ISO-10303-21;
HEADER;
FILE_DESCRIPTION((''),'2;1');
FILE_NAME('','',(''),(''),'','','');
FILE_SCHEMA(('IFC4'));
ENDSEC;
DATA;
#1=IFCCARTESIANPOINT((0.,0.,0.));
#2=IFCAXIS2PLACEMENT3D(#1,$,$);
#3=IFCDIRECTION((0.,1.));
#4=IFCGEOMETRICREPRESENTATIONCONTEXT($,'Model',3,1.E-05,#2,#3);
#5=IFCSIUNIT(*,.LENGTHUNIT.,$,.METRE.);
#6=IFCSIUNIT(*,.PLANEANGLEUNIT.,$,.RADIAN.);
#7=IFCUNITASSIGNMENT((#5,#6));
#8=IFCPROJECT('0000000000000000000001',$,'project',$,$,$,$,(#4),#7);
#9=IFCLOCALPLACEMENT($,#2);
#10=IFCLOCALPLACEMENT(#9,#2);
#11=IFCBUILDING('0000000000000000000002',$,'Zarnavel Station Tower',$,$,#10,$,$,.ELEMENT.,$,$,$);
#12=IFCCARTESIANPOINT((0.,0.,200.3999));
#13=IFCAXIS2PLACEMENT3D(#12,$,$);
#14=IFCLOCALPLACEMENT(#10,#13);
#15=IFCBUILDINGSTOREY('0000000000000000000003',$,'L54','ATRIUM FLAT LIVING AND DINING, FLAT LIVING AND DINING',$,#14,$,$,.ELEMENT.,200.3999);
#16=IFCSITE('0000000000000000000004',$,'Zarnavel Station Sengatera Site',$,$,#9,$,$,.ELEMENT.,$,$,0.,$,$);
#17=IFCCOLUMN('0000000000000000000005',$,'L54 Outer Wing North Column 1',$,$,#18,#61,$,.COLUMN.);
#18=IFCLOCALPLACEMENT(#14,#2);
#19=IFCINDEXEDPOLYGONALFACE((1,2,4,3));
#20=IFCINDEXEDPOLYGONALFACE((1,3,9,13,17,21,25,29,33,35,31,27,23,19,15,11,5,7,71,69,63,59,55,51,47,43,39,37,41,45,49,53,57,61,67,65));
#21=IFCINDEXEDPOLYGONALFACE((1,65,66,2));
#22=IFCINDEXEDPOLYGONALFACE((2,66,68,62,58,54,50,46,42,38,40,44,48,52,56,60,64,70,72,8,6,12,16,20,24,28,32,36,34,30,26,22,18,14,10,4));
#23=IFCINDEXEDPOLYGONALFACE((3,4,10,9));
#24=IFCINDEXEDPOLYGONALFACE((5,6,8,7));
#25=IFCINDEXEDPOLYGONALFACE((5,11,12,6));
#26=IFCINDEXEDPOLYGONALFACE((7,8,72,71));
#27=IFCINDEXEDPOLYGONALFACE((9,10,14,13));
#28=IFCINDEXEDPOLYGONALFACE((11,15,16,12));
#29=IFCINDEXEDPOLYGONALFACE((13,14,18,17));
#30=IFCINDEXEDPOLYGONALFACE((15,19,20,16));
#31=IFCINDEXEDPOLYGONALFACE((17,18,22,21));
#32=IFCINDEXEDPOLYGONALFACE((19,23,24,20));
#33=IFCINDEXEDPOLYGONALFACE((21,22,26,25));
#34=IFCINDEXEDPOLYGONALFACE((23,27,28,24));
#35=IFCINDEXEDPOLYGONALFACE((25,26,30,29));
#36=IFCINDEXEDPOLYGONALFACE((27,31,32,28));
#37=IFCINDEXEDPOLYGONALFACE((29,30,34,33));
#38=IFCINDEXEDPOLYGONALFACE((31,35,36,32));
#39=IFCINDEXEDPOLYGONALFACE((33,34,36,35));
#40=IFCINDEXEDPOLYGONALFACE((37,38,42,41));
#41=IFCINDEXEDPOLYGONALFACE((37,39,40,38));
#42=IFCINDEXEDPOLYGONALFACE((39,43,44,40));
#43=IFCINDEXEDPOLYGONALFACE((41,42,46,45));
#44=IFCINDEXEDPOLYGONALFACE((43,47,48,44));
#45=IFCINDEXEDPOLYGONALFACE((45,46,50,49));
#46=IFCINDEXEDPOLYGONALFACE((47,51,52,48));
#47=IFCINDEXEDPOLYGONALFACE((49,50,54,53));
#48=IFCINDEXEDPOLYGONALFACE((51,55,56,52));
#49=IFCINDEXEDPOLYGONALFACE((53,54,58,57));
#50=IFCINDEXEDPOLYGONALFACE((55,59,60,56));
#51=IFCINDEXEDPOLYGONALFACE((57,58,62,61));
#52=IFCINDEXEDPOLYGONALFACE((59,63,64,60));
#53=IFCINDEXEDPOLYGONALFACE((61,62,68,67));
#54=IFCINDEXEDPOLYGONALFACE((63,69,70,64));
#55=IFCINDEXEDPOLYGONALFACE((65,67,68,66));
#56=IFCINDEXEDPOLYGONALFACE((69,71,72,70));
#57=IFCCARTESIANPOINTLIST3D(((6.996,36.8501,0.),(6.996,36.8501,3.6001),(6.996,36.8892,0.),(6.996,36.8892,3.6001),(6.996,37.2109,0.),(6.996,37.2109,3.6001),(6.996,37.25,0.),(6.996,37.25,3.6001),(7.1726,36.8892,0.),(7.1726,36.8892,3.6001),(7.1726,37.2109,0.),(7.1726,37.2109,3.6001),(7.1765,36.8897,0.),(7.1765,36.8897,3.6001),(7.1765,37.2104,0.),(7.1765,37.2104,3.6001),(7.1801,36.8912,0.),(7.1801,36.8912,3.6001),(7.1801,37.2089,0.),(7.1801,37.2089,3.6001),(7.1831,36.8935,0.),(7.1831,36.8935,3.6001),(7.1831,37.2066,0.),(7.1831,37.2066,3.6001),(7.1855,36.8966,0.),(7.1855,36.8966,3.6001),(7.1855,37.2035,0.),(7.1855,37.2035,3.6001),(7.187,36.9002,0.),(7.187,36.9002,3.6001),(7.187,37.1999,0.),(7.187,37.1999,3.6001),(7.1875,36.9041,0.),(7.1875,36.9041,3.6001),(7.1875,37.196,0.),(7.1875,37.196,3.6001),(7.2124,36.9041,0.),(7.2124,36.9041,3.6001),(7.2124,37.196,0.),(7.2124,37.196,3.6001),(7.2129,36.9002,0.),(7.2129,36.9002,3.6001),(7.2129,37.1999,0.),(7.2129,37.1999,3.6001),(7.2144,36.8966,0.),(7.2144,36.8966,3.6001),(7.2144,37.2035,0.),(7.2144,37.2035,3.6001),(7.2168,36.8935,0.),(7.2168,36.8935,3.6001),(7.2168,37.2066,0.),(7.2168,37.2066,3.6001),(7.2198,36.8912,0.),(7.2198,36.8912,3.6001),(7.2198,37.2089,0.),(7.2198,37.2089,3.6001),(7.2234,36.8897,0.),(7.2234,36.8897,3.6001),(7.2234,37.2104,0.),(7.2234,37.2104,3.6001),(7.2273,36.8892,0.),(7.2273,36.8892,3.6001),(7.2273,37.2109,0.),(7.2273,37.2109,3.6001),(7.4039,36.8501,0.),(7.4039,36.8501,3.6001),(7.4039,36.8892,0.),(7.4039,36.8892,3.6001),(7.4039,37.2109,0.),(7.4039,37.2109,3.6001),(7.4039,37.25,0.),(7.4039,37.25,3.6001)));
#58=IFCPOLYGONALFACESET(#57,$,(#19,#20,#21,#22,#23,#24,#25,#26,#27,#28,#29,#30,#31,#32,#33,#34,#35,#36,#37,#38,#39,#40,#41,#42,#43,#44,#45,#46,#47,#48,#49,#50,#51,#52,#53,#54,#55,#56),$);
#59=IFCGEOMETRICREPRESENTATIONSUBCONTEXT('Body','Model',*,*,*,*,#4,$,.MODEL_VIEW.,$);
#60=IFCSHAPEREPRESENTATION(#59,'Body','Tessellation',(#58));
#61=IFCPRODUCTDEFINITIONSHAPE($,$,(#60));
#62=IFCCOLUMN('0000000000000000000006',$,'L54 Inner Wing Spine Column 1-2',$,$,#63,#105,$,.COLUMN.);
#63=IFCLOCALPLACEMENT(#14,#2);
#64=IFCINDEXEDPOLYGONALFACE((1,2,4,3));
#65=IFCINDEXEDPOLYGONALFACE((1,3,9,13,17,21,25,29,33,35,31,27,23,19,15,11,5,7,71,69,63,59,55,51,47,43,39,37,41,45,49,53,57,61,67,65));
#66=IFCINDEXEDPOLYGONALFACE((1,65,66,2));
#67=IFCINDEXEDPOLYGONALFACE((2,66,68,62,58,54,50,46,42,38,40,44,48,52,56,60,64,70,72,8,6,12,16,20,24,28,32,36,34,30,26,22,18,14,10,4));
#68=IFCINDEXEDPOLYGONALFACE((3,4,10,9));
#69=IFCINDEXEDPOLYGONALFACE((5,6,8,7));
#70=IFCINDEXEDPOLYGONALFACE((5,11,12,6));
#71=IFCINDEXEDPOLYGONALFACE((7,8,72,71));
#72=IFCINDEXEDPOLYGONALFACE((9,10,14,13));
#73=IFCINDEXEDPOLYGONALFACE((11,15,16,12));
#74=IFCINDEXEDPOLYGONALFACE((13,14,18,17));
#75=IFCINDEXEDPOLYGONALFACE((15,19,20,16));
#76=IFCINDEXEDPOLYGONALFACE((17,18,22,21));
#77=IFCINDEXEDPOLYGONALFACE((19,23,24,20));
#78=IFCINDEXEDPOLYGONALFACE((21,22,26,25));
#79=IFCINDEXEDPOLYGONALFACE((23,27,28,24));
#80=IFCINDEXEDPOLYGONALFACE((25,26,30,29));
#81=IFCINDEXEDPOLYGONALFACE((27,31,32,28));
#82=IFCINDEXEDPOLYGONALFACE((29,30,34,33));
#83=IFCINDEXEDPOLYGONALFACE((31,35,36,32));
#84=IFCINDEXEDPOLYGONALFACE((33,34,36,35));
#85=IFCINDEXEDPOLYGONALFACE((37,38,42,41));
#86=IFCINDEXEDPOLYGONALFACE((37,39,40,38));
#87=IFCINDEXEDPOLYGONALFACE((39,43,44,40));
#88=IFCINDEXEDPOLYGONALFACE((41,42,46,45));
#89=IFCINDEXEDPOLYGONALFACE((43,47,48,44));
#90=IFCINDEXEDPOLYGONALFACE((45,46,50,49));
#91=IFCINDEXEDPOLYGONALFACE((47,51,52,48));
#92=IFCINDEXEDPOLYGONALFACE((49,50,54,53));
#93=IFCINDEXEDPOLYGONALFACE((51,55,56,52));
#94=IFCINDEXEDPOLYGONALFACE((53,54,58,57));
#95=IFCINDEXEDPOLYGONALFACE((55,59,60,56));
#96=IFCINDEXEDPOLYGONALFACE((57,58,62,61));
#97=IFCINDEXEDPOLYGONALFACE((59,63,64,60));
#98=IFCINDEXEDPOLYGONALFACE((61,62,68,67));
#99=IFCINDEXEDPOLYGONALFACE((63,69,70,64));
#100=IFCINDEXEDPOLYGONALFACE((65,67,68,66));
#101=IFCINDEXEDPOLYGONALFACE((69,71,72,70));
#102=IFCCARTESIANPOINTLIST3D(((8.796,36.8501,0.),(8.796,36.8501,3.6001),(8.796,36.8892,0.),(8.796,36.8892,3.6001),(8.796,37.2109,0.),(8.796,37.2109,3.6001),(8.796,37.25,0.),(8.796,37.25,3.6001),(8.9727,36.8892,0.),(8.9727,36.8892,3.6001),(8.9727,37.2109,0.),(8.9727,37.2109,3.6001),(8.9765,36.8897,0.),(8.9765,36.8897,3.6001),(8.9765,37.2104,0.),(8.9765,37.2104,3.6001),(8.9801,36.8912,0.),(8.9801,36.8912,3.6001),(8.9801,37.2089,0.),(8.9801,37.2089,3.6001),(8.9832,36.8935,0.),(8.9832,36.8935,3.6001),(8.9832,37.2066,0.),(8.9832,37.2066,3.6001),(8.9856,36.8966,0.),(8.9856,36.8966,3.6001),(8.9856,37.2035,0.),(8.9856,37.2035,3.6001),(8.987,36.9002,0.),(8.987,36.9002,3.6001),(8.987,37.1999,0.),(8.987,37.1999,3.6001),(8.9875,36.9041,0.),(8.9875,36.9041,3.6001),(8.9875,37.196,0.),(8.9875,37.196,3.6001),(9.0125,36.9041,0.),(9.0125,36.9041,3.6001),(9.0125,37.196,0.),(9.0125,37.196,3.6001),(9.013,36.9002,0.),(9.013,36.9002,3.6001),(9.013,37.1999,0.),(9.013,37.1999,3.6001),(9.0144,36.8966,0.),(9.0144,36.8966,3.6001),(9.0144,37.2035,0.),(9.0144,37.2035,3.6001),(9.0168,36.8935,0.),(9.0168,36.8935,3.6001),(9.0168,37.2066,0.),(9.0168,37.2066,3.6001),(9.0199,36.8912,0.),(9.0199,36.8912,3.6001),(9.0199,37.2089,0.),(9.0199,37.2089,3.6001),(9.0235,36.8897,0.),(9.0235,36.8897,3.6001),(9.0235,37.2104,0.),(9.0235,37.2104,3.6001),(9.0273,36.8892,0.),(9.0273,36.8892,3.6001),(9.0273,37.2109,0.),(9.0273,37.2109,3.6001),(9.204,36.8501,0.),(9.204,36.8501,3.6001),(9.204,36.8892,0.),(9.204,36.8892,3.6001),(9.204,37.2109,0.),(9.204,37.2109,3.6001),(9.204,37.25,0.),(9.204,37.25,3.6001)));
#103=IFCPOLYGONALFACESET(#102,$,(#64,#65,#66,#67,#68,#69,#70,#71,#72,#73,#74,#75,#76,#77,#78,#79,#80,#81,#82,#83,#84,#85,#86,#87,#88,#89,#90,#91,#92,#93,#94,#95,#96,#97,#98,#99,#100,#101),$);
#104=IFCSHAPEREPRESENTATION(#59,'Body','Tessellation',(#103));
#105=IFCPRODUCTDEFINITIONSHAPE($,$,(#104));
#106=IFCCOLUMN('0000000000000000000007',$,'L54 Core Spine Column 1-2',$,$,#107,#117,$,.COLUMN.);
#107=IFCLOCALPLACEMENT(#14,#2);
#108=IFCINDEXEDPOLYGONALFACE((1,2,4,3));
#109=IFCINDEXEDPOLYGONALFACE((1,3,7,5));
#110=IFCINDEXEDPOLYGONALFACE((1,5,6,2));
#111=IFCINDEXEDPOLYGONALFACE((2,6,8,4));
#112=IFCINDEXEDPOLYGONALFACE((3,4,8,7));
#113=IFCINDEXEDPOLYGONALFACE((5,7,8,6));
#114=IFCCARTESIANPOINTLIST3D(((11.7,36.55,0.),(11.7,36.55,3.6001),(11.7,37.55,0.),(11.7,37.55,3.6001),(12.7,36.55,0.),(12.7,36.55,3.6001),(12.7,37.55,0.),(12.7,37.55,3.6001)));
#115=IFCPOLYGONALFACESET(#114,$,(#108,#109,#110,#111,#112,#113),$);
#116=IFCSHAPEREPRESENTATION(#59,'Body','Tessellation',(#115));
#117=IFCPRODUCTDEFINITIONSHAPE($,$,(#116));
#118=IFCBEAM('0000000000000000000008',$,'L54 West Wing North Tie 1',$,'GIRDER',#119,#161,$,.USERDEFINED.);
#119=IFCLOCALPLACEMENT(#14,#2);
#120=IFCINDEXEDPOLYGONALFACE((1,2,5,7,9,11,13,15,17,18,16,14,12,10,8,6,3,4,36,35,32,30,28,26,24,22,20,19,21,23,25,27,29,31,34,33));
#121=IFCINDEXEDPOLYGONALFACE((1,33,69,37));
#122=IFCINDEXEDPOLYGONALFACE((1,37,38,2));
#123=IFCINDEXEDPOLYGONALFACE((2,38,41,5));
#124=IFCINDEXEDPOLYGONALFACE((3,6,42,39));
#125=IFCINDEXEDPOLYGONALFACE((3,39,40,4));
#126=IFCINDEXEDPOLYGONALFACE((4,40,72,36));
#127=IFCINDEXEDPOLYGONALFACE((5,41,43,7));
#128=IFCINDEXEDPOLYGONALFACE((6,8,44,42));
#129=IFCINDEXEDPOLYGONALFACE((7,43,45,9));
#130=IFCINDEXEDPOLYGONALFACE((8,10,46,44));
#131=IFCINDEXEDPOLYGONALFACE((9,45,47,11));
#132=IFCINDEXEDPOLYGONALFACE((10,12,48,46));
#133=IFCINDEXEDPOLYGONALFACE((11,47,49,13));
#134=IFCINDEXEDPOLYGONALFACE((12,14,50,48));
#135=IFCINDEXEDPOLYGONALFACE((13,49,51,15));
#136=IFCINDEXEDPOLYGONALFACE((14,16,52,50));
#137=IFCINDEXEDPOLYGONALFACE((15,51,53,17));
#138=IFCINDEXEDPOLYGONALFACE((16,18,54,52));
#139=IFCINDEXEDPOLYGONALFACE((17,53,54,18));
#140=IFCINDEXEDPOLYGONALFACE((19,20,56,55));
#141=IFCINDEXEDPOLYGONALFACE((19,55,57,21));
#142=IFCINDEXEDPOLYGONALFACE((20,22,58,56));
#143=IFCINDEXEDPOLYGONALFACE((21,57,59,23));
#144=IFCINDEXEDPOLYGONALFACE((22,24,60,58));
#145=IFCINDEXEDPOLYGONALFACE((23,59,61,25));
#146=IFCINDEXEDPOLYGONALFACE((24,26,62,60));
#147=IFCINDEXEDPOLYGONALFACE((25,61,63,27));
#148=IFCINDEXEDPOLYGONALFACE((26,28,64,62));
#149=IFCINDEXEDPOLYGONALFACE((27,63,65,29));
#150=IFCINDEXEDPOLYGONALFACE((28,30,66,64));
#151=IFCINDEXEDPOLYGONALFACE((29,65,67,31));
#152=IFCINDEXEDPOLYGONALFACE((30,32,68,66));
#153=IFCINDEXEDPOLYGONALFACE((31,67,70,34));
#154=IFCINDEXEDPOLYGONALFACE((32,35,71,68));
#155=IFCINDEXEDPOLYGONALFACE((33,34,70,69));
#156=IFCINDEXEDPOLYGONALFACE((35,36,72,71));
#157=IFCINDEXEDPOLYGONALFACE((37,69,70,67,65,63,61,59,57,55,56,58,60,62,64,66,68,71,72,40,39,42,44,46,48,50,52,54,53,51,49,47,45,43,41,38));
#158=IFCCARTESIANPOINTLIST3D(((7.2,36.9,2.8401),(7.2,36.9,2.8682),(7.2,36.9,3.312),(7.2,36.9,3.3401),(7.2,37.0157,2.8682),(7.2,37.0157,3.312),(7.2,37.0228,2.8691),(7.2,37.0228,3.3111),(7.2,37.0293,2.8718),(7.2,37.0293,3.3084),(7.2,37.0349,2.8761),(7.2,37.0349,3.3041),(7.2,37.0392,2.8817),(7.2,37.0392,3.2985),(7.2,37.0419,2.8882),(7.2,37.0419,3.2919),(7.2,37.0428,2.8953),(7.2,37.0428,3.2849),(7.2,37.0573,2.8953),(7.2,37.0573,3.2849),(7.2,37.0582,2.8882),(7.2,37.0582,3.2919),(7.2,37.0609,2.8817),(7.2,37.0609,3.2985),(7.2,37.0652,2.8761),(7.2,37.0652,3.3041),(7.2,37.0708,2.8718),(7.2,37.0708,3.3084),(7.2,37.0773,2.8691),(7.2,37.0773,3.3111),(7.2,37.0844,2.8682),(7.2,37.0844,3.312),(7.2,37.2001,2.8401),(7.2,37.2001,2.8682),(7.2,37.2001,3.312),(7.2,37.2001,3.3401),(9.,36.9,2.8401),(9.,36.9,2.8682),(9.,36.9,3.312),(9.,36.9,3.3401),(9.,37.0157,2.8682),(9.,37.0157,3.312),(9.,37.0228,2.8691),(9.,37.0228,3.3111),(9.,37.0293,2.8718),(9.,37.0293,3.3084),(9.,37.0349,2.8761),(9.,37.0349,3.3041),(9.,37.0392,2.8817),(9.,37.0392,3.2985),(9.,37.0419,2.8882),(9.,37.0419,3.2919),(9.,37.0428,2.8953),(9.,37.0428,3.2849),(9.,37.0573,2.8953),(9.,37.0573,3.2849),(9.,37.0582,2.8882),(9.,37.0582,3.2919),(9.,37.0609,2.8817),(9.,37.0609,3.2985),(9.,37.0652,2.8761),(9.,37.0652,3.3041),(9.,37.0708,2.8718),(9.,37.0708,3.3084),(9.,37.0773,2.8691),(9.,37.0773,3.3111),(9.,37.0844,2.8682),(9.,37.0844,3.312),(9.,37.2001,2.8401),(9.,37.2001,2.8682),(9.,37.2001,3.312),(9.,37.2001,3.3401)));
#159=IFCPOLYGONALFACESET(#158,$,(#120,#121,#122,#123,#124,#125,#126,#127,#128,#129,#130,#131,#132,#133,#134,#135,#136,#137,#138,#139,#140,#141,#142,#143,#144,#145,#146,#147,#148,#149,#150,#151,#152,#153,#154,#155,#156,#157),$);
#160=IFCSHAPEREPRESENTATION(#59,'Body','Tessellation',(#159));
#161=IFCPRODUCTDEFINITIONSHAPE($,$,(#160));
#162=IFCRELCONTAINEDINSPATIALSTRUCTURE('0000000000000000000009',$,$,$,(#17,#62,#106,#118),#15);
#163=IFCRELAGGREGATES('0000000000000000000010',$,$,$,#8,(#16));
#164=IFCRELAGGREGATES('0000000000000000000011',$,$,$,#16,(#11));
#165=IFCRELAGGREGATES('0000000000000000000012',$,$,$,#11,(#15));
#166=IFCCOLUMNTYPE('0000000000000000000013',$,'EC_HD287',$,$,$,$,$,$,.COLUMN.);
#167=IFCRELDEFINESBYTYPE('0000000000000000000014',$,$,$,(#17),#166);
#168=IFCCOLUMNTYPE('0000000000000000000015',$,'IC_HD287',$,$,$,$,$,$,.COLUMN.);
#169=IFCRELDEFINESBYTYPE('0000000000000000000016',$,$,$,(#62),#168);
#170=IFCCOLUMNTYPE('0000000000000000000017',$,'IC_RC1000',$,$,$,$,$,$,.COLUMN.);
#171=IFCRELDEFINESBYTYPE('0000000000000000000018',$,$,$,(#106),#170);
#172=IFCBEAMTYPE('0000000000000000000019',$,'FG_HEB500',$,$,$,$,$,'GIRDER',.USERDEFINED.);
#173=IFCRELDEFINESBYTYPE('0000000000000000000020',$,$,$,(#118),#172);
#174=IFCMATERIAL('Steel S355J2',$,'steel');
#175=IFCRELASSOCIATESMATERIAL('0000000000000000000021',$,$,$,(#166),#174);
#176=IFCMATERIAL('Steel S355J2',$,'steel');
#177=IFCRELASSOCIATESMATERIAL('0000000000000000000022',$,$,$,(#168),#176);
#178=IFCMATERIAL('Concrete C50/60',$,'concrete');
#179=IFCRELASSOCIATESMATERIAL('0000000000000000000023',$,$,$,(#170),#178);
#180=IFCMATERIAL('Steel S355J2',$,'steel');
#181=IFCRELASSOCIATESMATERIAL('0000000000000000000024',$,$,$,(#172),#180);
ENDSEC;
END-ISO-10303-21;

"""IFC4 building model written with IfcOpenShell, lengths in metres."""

from ifc_helpers import new_model, si_unit, direction, frame, origin, origin_2d, place, context, subcontext, project, spatial, rectangle, i_section, extrude, material, material_profile, profile_set, type_object, element, save


model = new_model("IFC4")

# Units and contexts
model_context = context("Model", 3, precision=1e-05, world=origin(), true_north=direction((0.0, 1.0)))
body_context = subcontext(model_context, "Body", "Model", "MODEL_VIEW")
ifc_project = project(units=[si_unit("LENGTHUNIT", "METRE"), si_unit("PLANEANGLEUNIT", "RADIAN")], contexts=[model_context])

# Site, building, storey
site_placement = place(None, origin())
site = spatial("IfcSite", under=ifc_project, at=site_placement, Name="Zarnavel Station Sengatera Site", CompositionType="ELEMENT", RefElevation=0.0)
building_placement = place(site_placement, origin())
building = spatial("IfcBuilding", under=site, at=building_placement, Name="Zarnavel Station Tower", CompositionType="ELEMENT")
storey_placement = place(building_placement, frame((0.0, 0.0, 200.3999)))
storey = spatial("IfcBuildingStorey", under=building, at=storey_placement, Name="L54", Description="ATRIUM FLAT LIVING AND DINING, FLAT LIVING AND DINING", CompositionType="ELEMENT", Elevation=200.3999)

# Columns
ifc_material_1 = material(Name="Steel S355J2", Category="steel")
ifc_material_profile_1 = material_profile(ifc_material_1, i_section(OverallWidth=0.408, OverallDepth=0.3999, WebThickness=0.0249, FlangeThickness=0.0391, FilletRadius=0.0149, at=origin_2d()), Name="HD400x287")
ifc_profile_set_1 = profile_set([ifc_material_profile_1], Name="Steel S355J2")
column_type_1 = type_object("IfcColumnType", Name="EC_HD287", PredefinedType="COLUMN", material=ifc_profile_set_1)
column_1_placement = place(storey_placement, frame((7.2, 37.05, 0.0), z_axis=(0.0, 0.0, 1.0), x_axis=(1.0, 0.0, 0.0)))
element("IfcColumn", 1, at=column_1_placement, inside=storey, type_object=column_type_1, Name="L54 Outer Wing North Column 1", PredefinedType="COLUMN", context=body_context, shape_type="SweptSolid", body=[
    extrude(i_section(OverallWidth=0.408, OverallDepth=0.3999, WebThickness=0.0249, FlangeThickness=0.0391, FilletRadius=0.0149, at=origin_2d()), origin(), (0.0, 0.0, 1.0), 3.6001),
])
ifc_material_2 = material(Name="Steel S355J2", Category="steel")
ifc_material_profile_2 = material_profile(ifc_material_2, i_section(OverallWidth=0.408, OverallDepth=0.3999, WebThickness=0.0249, FlangeThickness=0.0391, FilletRadius=0.0149, at=origin_2d()), Name="HD400x287")
ifc_profile_set_2 = profile_set([ifc_material_profile_2], Name="Steel S355J2")
column_type_2 = type_object("IfcColumnType", Name="IC_HD287", PredefinedType="COLUMN", material=ifc_profile_set_2)
column_2_placement = place(storey_placement, frame((9.0, 37.05, 0.0), z_axis=(0.0, 0.0, 1.0), x_axis=(1.0, 0.0, 0.0)))
element("IfcColumn", 2, at=column_2_placement, inside=storey, type_object=column_type_2, Name="L54 Inner Wing Spine Column 1-2", PredefinedType="COLUMN", context=body_context, shape_type="SweptSolid", body=[
    extrude(i_section(OverallWidth=0.408, OverallDepth=0.3999, WebThickness=0.0249, FlangeThickness=0.0391, FilletRadius=0.0149, at=origin_2d()), origin(), (0.0, 0.0, 1.0), 3.6001),
])
ifc_material_3 = material(Name="Concrete C50/60", Category="concrete")
ifc_material_profile_3 = material_profile(ifc_material_3, rectangle(XDim=1.0, YDim=1.0, at=origin_2d()), Name="RC1000x1000")
ifc_profile_set_3 = profile_set([ifc_material_profile_3], Name="Concrete C50/60")
column_type_3 = type_object("IfcColumnType", Name="IC_RC1000", PredefinedType="COLUMN", material=ifc_profile_set_3)
column_3_placement = place(storey_placement, frame((12.2, 37.05, 0.0), z_axis=(0.0, 0.0, 1.0), x_axis=(1.0, 0.0, 0.0)))
element("IfcColumn", 3, at=column_3_placement, inside=storey, type_object=column_type_3, Name="L54 Core Spine Column 1-2", PredefinedType="COLUMN", context=body_context, shape_type="SweptSolid", body=[
    extrude(rectangle(XDim=1.0, YDim=1.0, at=origin_2d()), origin(), (0.0, 0.0, 1.0), 3.6001),
])

# Beam
ifc_material_4 = material(Name="Steel S355J2", Category="steel")
ifc_material_profile_4 = material_profile(ifc_material_4, i_section(OverallWidth=0.3, OverallDepth=0.5, WebThickness=0.0144, FlangeThickness=0.0281, FilletRadius=0.0271, at=origin_2d()), Name="HEB500")
ifc_profile_set_4 = profile_set([ifc_material_profile_4], Name="Steel S355J2")
beam_type = type_object("IfcBeamType", Name="FG_HEB500", ElementType="GIRDER", PredefinedType="USERDEFINED", material=ifc_profile_set_4)
beam_1_placement = place(storey_placement, frame((7.2, 37.05, 3.0901), z_axis=(1.0, 0.0, 0.0), x_axis=(0.0, 1.0, 0.0)))
element("IfcBeam", 4, at=beam_1_placement, inside=storey, type_object=beam_type, Name="L54 West Wing North Tie 1", ObjectType="GIRDER", PredefinedType="USERDEFINED", context=body_context, shape_type="SweptSolid", body=[
    extrude(i_section(OverallWidth=0.3, OverallDepth=0.5, WebThickness=0.0144, FlangeThickness=0.0281, FilletRadius=0.0271, at=origin_2d()), origin(), (0.0, 0.0, 1.0), 1.8),
])

save(model, "model.ifc")
